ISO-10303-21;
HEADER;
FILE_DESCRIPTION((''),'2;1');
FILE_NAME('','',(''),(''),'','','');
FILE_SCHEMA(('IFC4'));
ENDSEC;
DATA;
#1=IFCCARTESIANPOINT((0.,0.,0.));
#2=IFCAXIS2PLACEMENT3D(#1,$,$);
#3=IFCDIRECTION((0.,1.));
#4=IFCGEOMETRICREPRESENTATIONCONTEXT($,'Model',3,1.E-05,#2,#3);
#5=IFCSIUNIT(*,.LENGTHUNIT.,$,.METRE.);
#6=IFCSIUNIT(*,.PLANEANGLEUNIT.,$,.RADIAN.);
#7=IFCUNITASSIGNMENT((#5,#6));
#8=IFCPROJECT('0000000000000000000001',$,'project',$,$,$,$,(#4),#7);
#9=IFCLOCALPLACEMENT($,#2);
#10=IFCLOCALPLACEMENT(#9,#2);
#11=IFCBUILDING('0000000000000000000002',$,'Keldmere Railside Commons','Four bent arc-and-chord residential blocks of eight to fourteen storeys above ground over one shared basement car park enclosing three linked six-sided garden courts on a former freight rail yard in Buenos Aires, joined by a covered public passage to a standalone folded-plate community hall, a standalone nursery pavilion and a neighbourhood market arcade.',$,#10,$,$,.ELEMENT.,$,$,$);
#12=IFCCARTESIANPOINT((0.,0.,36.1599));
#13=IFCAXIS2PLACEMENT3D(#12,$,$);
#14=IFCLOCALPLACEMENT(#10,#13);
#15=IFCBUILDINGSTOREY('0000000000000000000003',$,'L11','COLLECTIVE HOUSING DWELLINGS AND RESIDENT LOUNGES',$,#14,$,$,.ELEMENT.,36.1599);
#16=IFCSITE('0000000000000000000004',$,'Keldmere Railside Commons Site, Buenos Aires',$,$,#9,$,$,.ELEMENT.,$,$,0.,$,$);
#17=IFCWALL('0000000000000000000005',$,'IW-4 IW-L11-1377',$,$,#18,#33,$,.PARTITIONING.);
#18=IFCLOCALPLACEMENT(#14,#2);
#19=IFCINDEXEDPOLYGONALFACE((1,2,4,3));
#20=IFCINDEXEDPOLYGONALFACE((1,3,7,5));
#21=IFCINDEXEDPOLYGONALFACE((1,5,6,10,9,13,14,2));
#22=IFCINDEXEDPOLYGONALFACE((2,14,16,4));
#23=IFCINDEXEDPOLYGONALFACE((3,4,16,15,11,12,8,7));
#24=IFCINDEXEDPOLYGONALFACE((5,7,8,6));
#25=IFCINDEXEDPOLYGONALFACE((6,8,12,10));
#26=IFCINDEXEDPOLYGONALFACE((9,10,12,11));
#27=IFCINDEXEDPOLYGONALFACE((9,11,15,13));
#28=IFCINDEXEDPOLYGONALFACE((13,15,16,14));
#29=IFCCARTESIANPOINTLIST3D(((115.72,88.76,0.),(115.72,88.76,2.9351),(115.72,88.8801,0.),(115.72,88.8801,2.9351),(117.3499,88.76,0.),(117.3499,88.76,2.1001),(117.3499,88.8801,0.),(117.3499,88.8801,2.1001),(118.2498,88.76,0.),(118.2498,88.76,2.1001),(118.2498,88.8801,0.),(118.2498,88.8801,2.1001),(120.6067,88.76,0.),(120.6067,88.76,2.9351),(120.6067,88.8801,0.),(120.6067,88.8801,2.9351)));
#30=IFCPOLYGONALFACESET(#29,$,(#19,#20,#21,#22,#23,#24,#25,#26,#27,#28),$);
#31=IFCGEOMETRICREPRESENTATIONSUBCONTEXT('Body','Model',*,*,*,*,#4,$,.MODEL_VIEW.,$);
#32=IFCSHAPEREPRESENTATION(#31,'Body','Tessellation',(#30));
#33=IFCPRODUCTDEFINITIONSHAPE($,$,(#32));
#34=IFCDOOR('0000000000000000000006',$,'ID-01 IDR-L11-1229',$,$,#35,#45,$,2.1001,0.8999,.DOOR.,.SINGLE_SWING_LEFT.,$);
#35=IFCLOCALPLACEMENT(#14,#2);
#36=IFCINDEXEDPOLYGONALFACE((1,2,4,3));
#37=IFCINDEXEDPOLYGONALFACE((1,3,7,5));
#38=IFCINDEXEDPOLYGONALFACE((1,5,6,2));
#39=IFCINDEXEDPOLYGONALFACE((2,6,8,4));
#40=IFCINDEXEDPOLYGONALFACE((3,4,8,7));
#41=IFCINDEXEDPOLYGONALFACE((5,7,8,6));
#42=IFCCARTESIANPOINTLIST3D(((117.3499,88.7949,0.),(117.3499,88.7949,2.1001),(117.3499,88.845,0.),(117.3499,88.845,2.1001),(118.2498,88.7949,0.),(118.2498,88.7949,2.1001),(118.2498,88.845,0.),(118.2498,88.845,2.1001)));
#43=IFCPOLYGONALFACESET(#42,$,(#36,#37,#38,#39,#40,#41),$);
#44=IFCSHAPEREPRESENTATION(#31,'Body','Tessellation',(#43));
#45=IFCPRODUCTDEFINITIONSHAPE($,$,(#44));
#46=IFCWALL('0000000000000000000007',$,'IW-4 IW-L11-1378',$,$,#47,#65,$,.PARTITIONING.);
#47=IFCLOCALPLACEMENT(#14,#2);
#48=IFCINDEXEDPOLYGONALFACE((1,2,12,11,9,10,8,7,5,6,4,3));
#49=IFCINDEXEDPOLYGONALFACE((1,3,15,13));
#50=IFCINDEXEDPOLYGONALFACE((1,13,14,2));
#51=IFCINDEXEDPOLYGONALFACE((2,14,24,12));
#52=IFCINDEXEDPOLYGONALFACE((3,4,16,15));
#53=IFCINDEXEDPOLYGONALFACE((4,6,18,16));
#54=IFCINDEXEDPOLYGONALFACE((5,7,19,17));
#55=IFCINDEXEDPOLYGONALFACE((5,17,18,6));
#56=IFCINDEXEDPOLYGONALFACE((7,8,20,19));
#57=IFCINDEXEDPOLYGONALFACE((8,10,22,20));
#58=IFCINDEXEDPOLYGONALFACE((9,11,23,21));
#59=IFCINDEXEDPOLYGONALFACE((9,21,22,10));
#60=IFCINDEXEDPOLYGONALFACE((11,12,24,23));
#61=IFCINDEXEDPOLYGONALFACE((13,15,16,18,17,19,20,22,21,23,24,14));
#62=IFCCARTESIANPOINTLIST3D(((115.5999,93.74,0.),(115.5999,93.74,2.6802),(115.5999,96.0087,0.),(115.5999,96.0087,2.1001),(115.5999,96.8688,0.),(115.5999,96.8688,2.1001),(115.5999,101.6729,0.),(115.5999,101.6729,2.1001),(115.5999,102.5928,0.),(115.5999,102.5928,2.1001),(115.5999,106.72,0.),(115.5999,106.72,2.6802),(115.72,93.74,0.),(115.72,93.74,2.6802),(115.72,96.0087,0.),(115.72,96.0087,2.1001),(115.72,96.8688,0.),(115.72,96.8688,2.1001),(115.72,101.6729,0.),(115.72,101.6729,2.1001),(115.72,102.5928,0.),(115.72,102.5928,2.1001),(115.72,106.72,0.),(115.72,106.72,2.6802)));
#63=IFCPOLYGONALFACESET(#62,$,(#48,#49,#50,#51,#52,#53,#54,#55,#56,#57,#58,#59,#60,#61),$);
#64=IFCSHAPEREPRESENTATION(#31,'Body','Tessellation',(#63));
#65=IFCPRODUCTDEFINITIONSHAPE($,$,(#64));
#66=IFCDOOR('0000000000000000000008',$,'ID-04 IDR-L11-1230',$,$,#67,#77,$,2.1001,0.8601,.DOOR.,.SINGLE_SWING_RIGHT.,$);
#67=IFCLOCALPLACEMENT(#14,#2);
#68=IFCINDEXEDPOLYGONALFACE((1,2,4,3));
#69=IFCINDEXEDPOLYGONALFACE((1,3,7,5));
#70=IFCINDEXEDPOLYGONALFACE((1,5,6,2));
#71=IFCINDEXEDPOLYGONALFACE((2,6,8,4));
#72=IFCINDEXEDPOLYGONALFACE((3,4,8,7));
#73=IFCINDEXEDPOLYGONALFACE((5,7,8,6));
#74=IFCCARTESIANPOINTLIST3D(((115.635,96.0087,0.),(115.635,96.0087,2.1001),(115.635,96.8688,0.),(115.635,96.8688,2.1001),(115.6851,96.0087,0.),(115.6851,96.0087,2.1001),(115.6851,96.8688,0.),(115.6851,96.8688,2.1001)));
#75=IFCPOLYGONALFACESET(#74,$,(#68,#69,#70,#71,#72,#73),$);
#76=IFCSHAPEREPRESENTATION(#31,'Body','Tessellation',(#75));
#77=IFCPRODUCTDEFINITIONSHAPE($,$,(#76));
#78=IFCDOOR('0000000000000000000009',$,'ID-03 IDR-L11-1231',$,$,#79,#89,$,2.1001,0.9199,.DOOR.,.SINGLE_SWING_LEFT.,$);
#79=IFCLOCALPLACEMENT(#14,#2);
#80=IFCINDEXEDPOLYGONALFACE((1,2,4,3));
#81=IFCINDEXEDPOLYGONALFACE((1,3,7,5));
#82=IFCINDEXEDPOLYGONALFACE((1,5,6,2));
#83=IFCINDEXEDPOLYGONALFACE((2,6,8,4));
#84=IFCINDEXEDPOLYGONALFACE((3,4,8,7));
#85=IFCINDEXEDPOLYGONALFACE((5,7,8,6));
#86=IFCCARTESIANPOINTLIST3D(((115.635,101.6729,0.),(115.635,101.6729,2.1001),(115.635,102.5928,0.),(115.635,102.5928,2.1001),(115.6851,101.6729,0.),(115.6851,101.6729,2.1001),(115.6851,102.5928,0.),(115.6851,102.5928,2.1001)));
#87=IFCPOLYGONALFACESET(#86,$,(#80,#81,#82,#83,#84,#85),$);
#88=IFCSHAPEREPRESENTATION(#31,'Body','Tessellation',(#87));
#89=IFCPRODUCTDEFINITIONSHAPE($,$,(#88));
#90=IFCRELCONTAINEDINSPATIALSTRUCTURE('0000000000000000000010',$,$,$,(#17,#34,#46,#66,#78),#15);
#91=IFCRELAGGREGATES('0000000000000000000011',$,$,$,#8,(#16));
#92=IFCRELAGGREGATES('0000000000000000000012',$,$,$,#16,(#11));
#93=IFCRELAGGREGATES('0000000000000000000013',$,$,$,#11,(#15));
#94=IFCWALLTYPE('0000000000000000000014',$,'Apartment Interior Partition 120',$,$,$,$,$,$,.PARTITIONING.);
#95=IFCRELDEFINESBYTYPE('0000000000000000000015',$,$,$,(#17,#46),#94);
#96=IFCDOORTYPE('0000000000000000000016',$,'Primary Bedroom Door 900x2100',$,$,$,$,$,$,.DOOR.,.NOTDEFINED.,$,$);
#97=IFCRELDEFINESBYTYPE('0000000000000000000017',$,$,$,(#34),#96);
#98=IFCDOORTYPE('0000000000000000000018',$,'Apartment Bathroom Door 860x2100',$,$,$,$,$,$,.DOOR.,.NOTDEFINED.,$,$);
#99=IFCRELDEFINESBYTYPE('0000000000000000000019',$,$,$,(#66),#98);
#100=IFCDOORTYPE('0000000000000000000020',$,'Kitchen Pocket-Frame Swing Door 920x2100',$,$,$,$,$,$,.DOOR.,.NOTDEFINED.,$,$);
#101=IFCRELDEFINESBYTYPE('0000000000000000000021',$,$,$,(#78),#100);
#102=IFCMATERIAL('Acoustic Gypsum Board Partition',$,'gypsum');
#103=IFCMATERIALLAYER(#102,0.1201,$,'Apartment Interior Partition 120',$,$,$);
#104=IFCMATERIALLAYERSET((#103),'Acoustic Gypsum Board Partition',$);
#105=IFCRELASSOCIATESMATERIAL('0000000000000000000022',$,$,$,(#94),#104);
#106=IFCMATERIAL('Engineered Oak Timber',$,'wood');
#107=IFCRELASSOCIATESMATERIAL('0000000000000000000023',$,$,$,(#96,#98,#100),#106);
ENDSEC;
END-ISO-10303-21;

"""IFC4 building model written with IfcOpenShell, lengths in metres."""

from ifc_helpers import new_model, si_unit, direction, frame, frame_2d, origin, place, context, subcontext, project, spatial, rectangle, extrude, material, layer, layer_set, type_object, element, fill, save


model = new_model("IFC4")

# Units and contexts
model_context = context("Model", 3, precision=1e-05, world=origin(), true_north=direction((0.0, 1.0)))
body_context = subcontext(model_context, "Body", "Model", "MODEL_VIEW")
ifc_project = project(units=[si_unit("LENGTHUNIT", "METRE"), si_unit("PLANEANGLEUNIT", "RADIAN")], contexts=[model_context])

# Site, building, storey
site_placement = place(None, origin())
site = spatial("IfcSite", under=ifc_project, at=site_placement, Name="Keldmere Railside Commons Site, Buenos Aires", CompositionType="ELEMENT", RefElevation=0.0)
building_placement = place(site_placement, origin())
building = spatial("IfcBuilding", under=site, at=building_placement, Name="Keldmere Railside Commons", Description="Four bent arc-and-chord residential blocks of eight to fourteen storeys above ground over one shared basement car park enclosing three linked six-sided garden courts on a former freight rail yard in Buenos Aires, joined by a covered public passage to a standalone folded-plate community hall, a standalone nursery pavilion and a neighbourhood market arcade.", CompositionType="ELEMENT")
storey_placement = place(building_placement, frame((0.0, 0.0, 36.1599)))
storey = spatial("IfcBuildingStorey", under=building, at=storey_placement, Name="L11", Description="COLLECTIVE HOUSING DWELLINGS AND RESIDENT LOUNGES", CompositionType="ELEMENT", Elevation=36.1599)

# Shared definitions
ifc_material_1 = material(Name="Acoustic Gypsum Board Partition", Category="gypsum")

# Wall, opening, door
ifc_layer_1 = layer(ifc_material_1, 0.1201, Name="Apartment Interior Partition 120")
ifc_layer_set_1 = layer_set([ifc_layer_1], Name="Acoustic Gypsum Board Partition")
wall_type_1 = type_object("IfcWallType", Name="Apartment Interior Partition 120", PredefinedType="PARTITIONING", material=ifc_layer_set_1)
wall_1_placement = place(storey_placement, frame((115.72, 88.8201, 0.0), z_axis=(0.0, 0.0, 1.0), x_axis=(1.0, 0.0, 0.0)))
wall_1 = element("IfcWall", 1, at=wall_1_placement, inside=storey, type_object=wall_type_1, Name="IW-4 IW-L11-1377", PredefinedType="PARTITIONING", context=body_context, shape_type="SweptSolid", body=[
    extrude(rectangle(XDim=4.8867, YDim=0.1201, at=frame_2d((2.4434, 0.0))), origin(), (0.0, 0.0, 1.0), 2.9351),
])
opening_1_placement = place(wall_1_placement, frame((1.6299, 0.0, 0.0)))
opening_1 = element("IfcOpeningElement", 2, at=opening_1_placement, cuts=wall_1, PredefinedType="OPENING", context=body_context, shape_type="SweptSolid", body=[
    extrude(rectangle(XDim=0.8999, YDim=2.1001, at=frame_2d((0.45, 1.05))), frame((0.0, 0.0701, 0.0), z_axis=(0.0, -1.0, 0.0), x_axis=(1.0, 0.0, 0.0)), (0.0, 0.0, 1.0), 0.1401),
])
ifc_material_2 = material(Name="Engineered Oak Timber", Category="wood")
door_type_1 = type_object("IfcDoorType", Name="Primary Bedroom Door 900x2100", OperationType="NOTDEFINED", PredefinedType="DOOR", material=ifc_material_2)
door_1_placement = place(opening_1_placement, origin())
door_1 = element("IfcDoor", 3, at=door_1_placement, inside=storey, type_object=door_type_1, Name="ID-01 IDR-L11-1229", OperationType="SINGLE_SWING_LEFT", OverallHeight=2.1001, OverallWidth=0.8999, PredefinedType="DOOR", context=body_context, shape_type="SweptSolid", body=[
    extrude(rectangle(XDim=0.8999, YDim=2.1001, at=frame_2d((0.45, 1.05))), frame((0.0, 0.0249, 0.0), z_axis=(0.0, -1.0, 0.0), x_axis=(1.0, 0.0, 0.0)), (0.0, 0.0, 1.0), 0.05),
])
fill(opening_1, door_1)

# Wall, openings, doors
wall_2_placement = place(storey_placement, frame((115.6599, 93.74, 0.0), z_axis=(0.0, 0.0, 1.0), x_axis=(0.0, 1.0, 0.0)))
wall_2 = element("IfcWall", 4, at=wall_2_placement, inside=storey, type_object=wall_type_1, Name="IW-4 IW-L11-1378", PredefinedType="PARTITIONING", context=body_context, shape_type="SweptSolid", body=[
    extrude(rectangle(XDim=12.98, YDim=0.1201, at=frame_2d((6.49, 0.0))), origin(), (0.0, 0.0, 1.0), 2.6802),
])
opening_2_placement = place(wall_2_placement, frame((2.2686, 0.0, 0.0)))
opening_2 = element("IfcOpeningElement", 5, at=opening_2_placement, cuts=wall_2, PredefinedType="OPENING", context=body_context, shape_type="SweptSolid", body=[
    extrude(rectangle(XDim=0.8601, YDim=2.1001, at=frame_2d((0.4302, 1.05))), frame((0.0, 0.0701, 0.0), z_axis=(0.0, -1.0, 0.0), x_axis=(1.0, 0.0, 0.0)), (0.0, 0.0, 1.0), 0.1401),
])
opening_3_placement = place(wall_2_placement, frame((7.9329, 0.0, 0.0)))
opening_3 = element("IfcOpeningElement", 6, at=opening_3_placement, cuts=wall_2, PredefinedType="OPENING", context=body_context, shape_type="SweptSolid", body=[
    extrude(rectangle(XDim=0.9199, YDim=2.1001, at=frame_2d((0.46, 1.05))), frame((0.0, 0.0701, 0.0), z_axis=(0.0, -1.0, 0.0), x_axis=(1.0, 0.0, 0.0)), (0.0, 0.0, 1.0), 0.1401),
])
door_type_2 = type_object("IfcDoorType", Name="Apartment Bathroom Door 860x2100", OperationType="NOTDEFINED", PredefinedType="DOOR", material=ifc_material_2)
door_2_placement = place(opening_2_placement, origin())
door_2 = element("IfcDoor", 7, at=door_2_placement, inside=storey, type_object=door_type_2, Name="ID-04 IDR-L11-1230", OperationType="SINGLE_SWING_RIGHT", OverallHeight=2.1001, OverallWidth=0.8601, PredefinedType="DOOR", context=body_context, shape_type="SweptSolid", body=[
    extrude(rectangle(XDim=0.8601, YDim=2.1001, at=frame_2d((0.4302, 1.05))), frame((0.0, 0.0249, 0.0), z_axis=(0.0, -1.0, 0.0), x_axis=(1.0, 0.0, 0.0)), (0.0, 0.0, 1.0), 0.05),
])
fill(opening_2, door_2)
door_type_3 = type_object("IfcDoorType", Name="Kitchen Pocket-Frame Swing Door 920x2100", OperationType="NOTDEFINED", PredefinedType="DOOR", material=ifc_material_2)
door_3_placement = place(opening_3_placement, origin())
door_3 = element("IfcDoor", 8, at=door_3_placement, inside=storey, type_object=door_type_3, Name="ID-03 IDR-L11-1231", OperationType="SINGLE_SWING_LEFT", OverallHeight=2.1001, OverallWidth=0.9199, PredefinedType="DOOR", context=body_context, shape_type="SweptSolid", body=[
    extrude(rectangle(XDim=0.9199, YDim=2.1001, at=frame_2d((0.46, 1.05))), frame((0.0, 0.0249, 0.0), z_axis=(0.0, -1.0, 0.0), x_axis=(1.0, 0.0, 0.0)), (0.0, 0.0, 1.0), 0.05),
])
fill(opening_3, door_3)

save(model, "model.ifc")
